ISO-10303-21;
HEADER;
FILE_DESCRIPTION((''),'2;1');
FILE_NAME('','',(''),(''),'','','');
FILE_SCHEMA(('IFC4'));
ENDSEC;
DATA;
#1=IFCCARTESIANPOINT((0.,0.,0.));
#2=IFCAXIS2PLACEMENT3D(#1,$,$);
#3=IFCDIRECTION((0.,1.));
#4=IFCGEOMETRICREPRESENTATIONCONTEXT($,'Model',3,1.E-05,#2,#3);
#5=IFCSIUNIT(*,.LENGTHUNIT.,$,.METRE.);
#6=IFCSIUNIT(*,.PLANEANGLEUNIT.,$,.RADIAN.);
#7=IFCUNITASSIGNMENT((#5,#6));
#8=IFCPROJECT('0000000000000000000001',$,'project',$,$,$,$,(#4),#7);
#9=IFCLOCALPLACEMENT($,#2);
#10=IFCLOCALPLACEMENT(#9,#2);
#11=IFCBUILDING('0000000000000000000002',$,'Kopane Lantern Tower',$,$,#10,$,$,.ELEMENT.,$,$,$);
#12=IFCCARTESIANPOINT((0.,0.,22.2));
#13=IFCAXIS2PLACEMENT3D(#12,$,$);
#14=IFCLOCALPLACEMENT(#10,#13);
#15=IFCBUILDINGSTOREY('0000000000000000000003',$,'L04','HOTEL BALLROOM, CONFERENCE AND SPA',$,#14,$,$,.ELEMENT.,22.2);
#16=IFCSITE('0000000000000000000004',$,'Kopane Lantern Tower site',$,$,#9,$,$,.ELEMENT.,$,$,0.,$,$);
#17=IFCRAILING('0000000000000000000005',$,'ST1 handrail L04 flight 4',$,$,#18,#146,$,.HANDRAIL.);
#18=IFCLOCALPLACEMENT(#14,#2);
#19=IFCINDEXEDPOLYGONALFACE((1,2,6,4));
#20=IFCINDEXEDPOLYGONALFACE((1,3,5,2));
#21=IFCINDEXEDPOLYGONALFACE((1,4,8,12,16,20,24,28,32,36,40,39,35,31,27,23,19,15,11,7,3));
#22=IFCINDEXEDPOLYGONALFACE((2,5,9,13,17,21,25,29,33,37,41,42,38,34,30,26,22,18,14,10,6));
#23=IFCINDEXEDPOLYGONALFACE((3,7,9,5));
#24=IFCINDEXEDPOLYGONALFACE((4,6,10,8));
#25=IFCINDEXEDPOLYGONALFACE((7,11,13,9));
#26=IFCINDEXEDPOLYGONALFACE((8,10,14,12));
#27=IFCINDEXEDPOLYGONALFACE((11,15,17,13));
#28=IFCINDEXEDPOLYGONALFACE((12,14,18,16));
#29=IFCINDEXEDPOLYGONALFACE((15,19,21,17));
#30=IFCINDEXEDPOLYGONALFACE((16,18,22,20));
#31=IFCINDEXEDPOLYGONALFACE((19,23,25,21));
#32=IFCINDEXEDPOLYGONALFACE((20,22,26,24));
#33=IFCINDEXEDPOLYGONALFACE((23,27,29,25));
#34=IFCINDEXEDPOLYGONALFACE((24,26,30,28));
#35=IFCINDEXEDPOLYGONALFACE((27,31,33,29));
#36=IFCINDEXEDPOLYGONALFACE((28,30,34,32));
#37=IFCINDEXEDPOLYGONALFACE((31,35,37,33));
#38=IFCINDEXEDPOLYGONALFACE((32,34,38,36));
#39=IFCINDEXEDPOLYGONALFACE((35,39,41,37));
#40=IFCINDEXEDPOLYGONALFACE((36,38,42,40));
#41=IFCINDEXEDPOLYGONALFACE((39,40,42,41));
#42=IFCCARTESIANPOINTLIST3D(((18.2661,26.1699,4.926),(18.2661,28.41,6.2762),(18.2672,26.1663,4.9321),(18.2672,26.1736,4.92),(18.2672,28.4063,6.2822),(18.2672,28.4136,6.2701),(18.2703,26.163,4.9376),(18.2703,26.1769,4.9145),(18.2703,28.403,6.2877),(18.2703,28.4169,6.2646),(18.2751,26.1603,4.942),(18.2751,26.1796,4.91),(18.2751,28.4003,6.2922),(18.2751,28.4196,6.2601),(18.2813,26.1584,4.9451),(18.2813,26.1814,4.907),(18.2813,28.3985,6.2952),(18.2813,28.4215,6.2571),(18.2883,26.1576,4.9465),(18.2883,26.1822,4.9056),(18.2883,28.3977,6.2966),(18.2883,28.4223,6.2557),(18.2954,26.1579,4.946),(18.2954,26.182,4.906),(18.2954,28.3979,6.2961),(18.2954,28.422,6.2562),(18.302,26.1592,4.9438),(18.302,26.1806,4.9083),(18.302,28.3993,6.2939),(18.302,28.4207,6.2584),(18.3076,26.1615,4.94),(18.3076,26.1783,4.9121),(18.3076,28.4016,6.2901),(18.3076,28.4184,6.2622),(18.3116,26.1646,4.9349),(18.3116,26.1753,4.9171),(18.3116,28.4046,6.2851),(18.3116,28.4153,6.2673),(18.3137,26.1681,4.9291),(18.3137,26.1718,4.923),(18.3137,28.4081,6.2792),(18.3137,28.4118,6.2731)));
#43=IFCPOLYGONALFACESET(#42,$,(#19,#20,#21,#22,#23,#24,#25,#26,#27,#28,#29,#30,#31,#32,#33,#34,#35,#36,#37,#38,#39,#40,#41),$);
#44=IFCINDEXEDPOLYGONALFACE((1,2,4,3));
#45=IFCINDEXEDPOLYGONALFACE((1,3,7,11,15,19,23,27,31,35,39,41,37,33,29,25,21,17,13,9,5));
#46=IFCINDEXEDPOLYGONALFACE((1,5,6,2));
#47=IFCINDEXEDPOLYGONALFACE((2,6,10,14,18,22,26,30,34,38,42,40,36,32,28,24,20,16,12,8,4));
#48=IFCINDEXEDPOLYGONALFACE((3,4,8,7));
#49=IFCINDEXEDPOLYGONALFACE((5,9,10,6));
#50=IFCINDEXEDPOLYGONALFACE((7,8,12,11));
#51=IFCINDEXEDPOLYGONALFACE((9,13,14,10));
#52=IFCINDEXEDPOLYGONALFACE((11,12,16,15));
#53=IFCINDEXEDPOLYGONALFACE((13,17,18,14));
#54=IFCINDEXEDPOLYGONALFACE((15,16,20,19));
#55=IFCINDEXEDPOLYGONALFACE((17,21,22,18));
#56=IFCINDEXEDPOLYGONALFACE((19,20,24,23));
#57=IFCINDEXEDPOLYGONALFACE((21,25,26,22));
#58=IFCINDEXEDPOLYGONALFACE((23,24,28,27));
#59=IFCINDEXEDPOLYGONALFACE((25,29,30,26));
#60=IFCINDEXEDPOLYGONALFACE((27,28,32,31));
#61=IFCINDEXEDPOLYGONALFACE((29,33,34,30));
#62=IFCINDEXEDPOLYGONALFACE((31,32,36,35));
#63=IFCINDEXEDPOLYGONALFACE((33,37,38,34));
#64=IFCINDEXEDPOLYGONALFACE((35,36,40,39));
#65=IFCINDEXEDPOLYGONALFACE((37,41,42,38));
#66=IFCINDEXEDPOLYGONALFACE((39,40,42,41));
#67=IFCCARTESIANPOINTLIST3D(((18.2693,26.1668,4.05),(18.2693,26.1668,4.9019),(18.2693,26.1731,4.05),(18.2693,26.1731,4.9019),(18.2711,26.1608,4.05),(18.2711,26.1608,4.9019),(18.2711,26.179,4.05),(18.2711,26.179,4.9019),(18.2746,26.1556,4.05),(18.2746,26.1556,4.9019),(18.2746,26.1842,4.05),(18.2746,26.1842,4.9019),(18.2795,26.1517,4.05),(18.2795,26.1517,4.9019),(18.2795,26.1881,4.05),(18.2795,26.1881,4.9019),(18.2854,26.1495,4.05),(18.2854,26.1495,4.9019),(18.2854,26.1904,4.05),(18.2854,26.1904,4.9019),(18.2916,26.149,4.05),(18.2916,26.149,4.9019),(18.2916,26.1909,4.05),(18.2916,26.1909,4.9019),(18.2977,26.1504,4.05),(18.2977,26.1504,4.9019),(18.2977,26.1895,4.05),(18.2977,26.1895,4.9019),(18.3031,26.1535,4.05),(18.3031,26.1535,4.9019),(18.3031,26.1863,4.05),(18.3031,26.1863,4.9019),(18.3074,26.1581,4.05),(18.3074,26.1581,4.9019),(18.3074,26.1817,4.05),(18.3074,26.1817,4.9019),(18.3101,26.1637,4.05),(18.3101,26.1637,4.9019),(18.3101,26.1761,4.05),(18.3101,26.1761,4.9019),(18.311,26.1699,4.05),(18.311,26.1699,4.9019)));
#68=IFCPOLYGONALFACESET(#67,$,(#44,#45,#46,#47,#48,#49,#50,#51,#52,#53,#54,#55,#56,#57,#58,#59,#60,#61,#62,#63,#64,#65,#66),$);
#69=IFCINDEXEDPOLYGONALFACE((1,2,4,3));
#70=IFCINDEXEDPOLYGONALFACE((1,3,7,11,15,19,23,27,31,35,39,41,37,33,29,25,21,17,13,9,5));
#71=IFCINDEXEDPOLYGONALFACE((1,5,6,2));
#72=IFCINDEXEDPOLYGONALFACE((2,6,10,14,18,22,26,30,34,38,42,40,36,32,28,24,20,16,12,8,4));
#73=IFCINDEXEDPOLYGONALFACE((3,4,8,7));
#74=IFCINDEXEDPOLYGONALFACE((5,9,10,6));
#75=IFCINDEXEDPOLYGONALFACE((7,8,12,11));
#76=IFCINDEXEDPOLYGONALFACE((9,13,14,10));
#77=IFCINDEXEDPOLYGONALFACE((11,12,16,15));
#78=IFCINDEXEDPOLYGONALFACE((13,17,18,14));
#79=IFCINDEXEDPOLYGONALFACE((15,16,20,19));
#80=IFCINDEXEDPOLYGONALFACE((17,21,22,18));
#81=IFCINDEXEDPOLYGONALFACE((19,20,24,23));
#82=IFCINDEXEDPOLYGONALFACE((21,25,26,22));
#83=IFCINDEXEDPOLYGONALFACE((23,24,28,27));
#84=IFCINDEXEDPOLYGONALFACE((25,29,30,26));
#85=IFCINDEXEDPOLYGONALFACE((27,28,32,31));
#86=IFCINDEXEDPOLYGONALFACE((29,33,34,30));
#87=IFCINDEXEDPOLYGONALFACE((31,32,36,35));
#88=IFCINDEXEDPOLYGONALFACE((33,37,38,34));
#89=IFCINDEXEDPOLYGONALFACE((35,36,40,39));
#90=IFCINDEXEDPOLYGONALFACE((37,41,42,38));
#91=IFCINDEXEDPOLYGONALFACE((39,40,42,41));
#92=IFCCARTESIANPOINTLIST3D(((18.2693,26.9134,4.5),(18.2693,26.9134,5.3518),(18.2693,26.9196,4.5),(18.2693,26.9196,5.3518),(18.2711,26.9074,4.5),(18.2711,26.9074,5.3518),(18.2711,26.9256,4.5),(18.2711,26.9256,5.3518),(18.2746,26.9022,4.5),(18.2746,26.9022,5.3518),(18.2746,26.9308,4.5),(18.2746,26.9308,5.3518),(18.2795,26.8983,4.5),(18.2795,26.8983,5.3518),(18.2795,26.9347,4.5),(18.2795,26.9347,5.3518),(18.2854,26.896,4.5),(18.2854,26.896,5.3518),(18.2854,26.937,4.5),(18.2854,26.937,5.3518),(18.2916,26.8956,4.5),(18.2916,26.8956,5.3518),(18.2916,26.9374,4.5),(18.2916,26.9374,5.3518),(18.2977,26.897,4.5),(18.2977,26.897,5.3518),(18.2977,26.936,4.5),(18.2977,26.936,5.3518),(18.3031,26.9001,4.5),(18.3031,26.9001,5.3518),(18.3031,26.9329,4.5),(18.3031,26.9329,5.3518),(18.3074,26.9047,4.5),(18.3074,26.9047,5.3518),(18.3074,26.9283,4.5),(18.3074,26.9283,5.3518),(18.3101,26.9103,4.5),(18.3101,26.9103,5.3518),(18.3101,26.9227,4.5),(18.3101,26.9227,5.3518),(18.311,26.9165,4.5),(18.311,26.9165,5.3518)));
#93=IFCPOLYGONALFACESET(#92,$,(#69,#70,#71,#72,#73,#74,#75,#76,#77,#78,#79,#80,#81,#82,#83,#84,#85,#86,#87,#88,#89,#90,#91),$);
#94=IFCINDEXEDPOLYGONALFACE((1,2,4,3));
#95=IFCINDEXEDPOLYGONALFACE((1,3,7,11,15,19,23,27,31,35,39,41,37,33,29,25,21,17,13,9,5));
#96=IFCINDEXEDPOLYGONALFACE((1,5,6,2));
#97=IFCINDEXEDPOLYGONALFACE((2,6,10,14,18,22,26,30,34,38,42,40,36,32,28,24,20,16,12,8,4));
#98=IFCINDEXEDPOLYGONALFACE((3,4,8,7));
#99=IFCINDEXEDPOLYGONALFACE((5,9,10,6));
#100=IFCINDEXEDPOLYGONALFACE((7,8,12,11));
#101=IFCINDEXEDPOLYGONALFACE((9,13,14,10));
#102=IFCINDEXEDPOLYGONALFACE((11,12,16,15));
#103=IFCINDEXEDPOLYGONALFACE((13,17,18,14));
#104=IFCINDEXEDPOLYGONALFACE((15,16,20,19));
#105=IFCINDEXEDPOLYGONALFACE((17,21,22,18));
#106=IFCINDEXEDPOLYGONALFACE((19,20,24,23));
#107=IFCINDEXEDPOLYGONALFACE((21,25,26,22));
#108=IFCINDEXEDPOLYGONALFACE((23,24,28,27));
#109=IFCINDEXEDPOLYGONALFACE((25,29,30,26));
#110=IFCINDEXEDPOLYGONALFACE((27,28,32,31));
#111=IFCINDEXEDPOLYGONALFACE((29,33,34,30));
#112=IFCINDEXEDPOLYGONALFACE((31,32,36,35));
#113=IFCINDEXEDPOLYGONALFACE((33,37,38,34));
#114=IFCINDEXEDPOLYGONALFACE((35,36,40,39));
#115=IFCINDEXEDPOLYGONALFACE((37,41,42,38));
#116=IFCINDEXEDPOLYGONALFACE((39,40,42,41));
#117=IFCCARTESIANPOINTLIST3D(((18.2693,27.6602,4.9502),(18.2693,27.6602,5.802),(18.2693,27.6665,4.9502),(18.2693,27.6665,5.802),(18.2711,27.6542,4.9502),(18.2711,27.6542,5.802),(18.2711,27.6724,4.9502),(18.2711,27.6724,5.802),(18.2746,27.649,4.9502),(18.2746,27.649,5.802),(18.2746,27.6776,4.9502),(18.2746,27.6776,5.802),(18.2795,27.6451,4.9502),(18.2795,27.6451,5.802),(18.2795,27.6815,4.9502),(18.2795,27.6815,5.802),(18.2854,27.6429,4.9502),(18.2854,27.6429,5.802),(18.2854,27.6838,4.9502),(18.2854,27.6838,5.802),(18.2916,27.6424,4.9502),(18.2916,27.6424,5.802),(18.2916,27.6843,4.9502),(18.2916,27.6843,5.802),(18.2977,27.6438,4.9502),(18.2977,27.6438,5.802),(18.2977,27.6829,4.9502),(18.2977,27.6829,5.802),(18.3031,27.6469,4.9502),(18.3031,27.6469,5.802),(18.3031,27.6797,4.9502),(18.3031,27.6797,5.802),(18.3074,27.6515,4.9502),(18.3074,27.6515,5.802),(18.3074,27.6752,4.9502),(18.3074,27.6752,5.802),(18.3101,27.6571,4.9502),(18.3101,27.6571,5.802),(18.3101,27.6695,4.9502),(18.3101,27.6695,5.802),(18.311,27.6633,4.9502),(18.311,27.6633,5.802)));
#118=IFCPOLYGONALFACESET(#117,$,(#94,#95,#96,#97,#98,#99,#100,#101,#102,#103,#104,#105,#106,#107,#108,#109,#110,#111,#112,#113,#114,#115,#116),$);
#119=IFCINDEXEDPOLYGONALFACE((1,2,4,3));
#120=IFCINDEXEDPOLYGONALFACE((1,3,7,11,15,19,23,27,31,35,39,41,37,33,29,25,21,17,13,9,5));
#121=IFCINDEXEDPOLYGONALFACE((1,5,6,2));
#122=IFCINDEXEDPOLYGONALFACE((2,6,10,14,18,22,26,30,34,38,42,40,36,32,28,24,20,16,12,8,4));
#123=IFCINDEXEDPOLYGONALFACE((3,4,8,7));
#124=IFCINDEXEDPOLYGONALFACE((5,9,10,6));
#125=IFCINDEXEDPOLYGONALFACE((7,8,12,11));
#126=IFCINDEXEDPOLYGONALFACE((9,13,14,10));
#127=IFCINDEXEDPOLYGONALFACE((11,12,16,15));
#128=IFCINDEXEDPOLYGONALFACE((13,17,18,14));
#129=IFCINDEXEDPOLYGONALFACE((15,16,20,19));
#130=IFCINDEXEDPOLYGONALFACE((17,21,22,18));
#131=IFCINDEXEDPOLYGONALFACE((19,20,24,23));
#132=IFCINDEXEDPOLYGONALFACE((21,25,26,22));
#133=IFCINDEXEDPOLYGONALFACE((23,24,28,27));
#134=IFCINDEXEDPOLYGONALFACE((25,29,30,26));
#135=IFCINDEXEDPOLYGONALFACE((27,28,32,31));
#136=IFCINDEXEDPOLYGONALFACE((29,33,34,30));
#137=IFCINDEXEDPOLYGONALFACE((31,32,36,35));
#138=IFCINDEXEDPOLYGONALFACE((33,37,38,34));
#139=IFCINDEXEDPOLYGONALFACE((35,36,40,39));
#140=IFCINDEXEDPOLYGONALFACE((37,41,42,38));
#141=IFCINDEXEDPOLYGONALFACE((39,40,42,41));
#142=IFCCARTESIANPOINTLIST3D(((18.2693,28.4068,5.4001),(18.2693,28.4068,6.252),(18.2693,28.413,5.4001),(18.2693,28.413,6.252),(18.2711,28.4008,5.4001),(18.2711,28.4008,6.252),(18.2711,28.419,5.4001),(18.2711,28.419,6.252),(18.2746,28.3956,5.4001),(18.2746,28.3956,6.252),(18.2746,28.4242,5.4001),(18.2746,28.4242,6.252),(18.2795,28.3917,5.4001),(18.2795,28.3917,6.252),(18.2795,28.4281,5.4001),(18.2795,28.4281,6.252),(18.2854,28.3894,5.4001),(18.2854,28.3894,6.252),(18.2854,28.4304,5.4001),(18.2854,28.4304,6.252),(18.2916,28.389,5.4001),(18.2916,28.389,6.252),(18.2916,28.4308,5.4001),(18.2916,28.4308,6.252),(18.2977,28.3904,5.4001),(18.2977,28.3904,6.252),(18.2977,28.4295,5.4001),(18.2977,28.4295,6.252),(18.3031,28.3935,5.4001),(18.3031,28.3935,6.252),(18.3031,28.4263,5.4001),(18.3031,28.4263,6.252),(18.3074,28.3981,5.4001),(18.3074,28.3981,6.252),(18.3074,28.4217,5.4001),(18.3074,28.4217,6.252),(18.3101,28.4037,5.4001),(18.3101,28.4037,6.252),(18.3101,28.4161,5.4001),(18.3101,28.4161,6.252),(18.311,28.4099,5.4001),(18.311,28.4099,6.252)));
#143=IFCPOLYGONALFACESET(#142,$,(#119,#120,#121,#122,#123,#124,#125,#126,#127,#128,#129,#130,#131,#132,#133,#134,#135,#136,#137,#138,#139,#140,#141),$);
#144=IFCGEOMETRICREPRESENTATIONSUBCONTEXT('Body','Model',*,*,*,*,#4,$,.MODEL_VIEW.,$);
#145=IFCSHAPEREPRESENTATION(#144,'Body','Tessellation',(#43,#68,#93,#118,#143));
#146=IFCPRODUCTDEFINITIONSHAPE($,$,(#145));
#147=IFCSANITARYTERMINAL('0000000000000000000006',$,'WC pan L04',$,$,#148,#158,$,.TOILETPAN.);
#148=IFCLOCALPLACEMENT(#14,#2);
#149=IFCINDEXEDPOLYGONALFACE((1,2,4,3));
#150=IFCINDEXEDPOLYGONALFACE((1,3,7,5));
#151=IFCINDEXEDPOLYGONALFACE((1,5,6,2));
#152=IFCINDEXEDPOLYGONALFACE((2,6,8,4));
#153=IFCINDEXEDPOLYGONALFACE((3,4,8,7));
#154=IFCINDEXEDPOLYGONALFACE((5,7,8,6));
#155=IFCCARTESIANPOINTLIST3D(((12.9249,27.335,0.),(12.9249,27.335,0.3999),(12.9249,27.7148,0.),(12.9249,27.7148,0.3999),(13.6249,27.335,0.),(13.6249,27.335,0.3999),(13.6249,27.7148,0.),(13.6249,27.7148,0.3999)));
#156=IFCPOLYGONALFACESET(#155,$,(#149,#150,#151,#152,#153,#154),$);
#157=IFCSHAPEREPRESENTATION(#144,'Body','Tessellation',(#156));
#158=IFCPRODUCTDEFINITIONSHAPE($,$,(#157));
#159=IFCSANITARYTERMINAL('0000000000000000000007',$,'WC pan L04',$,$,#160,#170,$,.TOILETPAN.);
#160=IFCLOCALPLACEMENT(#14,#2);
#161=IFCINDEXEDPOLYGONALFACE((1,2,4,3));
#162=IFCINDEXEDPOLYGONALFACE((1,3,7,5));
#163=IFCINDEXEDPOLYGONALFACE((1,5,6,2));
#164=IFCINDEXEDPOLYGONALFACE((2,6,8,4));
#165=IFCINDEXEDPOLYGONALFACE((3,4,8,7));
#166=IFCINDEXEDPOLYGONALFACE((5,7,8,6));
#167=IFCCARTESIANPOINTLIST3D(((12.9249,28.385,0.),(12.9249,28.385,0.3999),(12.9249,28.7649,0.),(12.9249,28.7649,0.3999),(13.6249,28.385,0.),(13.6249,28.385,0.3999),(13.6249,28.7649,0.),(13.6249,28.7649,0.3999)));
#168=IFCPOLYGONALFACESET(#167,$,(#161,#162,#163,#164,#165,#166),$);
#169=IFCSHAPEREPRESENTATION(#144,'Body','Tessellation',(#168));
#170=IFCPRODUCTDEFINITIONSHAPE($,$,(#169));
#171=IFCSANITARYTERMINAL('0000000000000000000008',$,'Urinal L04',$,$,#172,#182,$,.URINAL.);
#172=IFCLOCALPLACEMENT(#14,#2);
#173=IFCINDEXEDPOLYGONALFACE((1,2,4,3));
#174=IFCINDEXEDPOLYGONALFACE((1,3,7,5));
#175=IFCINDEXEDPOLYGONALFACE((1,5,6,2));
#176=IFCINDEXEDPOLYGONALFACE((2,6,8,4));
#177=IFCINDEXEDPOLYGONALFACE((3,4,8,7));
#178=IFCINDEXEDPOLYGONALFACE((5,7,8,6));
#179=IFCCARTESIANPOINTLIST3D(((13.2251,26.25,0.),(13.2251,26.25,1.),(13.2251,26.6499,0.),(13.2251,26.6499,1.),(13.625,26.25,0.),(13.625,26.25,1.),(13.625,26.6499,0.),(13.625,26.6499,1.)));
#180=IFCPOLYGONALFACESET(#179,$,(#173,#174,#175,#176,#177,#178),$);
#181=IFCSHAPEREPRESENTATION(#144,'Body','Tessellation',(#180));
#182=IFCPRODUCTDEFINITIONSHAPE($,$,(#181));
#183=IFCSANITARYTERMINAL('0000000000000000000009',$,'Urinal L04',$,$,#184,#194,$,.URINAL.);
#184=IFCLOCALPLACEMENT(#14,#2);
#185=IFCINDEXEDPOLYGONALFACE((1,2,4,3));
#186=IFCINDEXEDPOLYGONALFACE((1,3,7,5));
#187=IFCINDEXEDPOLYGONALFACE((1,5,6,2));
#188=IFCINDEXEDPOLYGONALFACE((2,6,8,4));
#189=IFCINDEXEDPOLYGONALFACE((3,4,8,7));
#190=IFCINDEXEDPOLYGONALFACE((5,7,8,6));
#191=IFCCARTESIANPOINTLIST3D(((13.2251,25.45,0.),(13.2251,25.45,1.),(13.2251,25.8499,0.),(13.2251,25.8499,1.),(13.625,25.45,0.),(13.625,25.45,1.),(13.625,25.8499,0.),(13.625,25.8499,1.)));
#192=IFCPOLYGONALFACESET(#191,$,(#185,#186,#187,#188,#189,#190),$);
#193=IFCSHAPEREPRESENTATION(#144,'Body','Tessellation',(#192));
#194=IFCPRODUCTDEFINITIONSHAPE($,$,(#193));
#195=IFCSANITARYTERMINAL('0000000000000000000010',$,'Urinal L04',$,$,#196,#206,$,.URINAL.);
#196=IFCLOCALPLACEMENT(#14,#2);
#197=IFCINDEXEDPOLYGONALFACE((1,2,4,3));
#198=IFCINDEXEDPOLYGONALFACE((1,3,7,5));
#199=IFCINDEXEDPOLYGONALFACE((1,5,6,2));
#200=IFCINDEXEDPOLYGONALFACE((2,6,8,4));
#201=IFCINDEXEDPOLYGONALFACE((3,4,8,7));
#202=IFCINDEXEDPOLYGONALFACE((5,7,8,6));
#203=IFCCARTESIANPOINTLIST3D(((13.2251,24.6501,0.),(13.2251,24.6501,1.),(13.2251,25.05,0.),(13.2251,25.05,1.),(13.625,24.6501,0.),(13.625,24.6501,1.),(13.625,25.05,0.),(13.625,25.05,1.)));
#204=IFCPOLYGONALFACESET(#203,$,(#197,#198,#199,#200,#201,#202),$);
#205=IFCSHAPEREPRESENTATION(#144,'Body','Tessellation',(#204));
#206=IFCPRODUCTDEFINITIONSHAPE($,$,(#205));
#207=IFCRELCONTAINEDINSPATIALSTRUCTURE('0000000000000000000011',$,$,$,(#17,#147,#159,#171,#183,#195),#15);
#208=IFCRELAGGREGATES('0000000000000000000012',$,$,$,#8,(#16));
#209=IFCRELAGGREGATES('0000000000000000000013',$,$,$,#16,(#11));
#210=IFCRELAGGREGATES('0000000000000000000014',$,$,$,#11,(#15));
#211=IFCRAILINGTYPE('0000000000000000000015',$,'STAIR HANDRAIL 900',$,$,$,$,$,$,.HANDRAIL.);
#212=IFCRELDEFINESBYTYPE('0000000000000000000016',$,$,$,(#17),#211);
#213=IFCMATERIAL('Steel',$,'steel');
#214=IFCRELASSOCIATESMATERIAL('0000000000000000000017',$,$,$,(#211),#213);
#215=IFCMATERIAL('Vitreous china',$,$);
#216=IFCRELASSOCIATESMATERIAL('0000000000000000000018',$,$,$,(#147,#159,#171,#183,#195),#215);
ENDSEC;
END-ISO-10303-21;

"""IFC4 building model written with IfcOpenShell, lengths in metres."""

from ifc_helpers import new_model, si_unit, direction, frame, origin, origin_2d, place, context, subcontext, project, spatial, rectangle, circle, extrude, material, type_object, element, save


model = new_model("IFC4")

# Units and contexts
model_context = context("Model", 3, precision=1e-05, world=origin(), true_north=direction((0.0, 1.0)))
body_context = subcontext(model_context, "Body", "Model", "MODEL_VIEW")
ifc_project = project(units=[si_unit("LENGTHUNIT", "METRE"), si_unit("PLANEANGLEUNIT", "RADIAN")], contexts=[model_context])

# Site, building, storey
site_placement = place(None, origin())
site = spatial("IfcSite", under=ifc_project, at=site_placement, Name="Kopane Lantern Tower site", CompositionType="ELEMENT", RefElevation=0.0)
building_placement = place(site_placement, origin())
building = spatial("IfcBuilding", under=site, at=building_placement, Name="Kopane Lantern Tower", CompositionType="ELEMENT")
storey_placement = place(building_placement, frame((0.0, 0.0, 22.2)))
storey = spatial("IfcBuildingStorey", under=building, at=storey_placement, Name="L04", Description="HOTEL BALLROOM, CONFERENCE AND SPA", CompositionType="ELEMENT", Elevation=22.2)

# Railing
ifc_material_1 = material(Name="Steel", Category="steel")
railing_type_1 = type_object("IfcRailingType", Name="STAIR HANDRAIL 900", PredefinedType="HANDRAIL", material=ifc_material_1)
for number, where, name in (
    (1, (18.29, 26.1699, 4.05), "ST1 handrail L04 flight 4"),
):
    element("IfcRailing", number, at=place(storey_placement, frame(where)), inside=storey, type_object=railing_type_1, Name=name, PredefinedType="HANDRAIL", context=body_context, shape_type="SweptSolid", body=[
        extrude(circle(Radius=0.0239, at=origin_2d()), frame((0.0, 0.0, 0.876), z_axis=(0.0, 0.856462, 0.516211), x_axis=(-1.0, 0.0, 0.0)), (0.0, 0.0, 1.0), 2.6155),
        extrude(circle(Radius=0.021, at=origin_2d()), origin(), (0.0, 0.0, 1.0), 0.8518),
        extrude(circle(Radius=0.021, at=origin_2d()), frame((0.0, 0.7466, 0.45)), (0.0, 0.0, 1.0), 0.8518),
        extrude(circle(Radius=0.021, at=origin_2d()), frame((0.0, 1.4934, 0.9001)), (0.0, 0.0, 1.0), 0.8518),
        extrude(circle(Radius=0.021, at=origin_2d()), frame((0.0, 2.24, 1.3501)), (0.0, 0.0, 1.0), 0.8518),
    ])

# Sanitary terminals
ifc_material_2 = material(Name="Vitreous china")
for number, where, z_axis, x_axis, name in (
    (2, (13.2749, 27.5249, 0.0), (0.0, 0.0, 1.0), (1.0, 0.0, 0.0), "WC pan L04"),
    (3, (13.2749, 28.575, 0.0), (0.0, 0.0, 1.0), (1.0, 0.0, 0.0), "WC pan L04"),
):
    element("IfcSanitaryTerminal", number, at=place(storey_placement, frame(where, z_axis=z_axis, x_axis=x_axis)), inside=storey, material=ifc_material_2, Name=name, PredefinedType="TOILETPAN", context=body_context, shape_type="SweptSolid", body=[
        extrude(rectangle(XDim=0.7, YDim=0.3799, at=origin_2d()), origin(), (0.0, 0.0, 1.0), 0.3999),
    ])
for number, where, z_axis, x_axis, name in (
    (4, (13.425, 26.45, 0.0), (0.0, 0.0, 1.0), (1.0, 0.0, 0.0), "Urinal L04"),
    (5, (13.425, 25.6499, 0.0), (0.0, 0.0, 1.0), (1.0, 0.0, 0.0), "Urinal L04"),
    (6, (13.425, 24.8501, 0.0), (0.0, 0.0, 1.0), (1.0, 0.0, 0.0), "Urinal L04"),
):
    element("IfcSanitaryTerminal", number, at=place(storey_placement, frame(where, z_axis=z_axis, x_axis=x_axis)), inside=storey, material=ifc_material_2, Name=name, PredefinedType="URINAL", context=body_context, shape_type="SweptSolid", body=[
        extrude(rectangle(XDim=0.3999, YDim=0.3999, at=origin_2d()), origin(), (0.0, 0.0, 1.0), 1.0),
    ])

save(model, "model.ifc")
